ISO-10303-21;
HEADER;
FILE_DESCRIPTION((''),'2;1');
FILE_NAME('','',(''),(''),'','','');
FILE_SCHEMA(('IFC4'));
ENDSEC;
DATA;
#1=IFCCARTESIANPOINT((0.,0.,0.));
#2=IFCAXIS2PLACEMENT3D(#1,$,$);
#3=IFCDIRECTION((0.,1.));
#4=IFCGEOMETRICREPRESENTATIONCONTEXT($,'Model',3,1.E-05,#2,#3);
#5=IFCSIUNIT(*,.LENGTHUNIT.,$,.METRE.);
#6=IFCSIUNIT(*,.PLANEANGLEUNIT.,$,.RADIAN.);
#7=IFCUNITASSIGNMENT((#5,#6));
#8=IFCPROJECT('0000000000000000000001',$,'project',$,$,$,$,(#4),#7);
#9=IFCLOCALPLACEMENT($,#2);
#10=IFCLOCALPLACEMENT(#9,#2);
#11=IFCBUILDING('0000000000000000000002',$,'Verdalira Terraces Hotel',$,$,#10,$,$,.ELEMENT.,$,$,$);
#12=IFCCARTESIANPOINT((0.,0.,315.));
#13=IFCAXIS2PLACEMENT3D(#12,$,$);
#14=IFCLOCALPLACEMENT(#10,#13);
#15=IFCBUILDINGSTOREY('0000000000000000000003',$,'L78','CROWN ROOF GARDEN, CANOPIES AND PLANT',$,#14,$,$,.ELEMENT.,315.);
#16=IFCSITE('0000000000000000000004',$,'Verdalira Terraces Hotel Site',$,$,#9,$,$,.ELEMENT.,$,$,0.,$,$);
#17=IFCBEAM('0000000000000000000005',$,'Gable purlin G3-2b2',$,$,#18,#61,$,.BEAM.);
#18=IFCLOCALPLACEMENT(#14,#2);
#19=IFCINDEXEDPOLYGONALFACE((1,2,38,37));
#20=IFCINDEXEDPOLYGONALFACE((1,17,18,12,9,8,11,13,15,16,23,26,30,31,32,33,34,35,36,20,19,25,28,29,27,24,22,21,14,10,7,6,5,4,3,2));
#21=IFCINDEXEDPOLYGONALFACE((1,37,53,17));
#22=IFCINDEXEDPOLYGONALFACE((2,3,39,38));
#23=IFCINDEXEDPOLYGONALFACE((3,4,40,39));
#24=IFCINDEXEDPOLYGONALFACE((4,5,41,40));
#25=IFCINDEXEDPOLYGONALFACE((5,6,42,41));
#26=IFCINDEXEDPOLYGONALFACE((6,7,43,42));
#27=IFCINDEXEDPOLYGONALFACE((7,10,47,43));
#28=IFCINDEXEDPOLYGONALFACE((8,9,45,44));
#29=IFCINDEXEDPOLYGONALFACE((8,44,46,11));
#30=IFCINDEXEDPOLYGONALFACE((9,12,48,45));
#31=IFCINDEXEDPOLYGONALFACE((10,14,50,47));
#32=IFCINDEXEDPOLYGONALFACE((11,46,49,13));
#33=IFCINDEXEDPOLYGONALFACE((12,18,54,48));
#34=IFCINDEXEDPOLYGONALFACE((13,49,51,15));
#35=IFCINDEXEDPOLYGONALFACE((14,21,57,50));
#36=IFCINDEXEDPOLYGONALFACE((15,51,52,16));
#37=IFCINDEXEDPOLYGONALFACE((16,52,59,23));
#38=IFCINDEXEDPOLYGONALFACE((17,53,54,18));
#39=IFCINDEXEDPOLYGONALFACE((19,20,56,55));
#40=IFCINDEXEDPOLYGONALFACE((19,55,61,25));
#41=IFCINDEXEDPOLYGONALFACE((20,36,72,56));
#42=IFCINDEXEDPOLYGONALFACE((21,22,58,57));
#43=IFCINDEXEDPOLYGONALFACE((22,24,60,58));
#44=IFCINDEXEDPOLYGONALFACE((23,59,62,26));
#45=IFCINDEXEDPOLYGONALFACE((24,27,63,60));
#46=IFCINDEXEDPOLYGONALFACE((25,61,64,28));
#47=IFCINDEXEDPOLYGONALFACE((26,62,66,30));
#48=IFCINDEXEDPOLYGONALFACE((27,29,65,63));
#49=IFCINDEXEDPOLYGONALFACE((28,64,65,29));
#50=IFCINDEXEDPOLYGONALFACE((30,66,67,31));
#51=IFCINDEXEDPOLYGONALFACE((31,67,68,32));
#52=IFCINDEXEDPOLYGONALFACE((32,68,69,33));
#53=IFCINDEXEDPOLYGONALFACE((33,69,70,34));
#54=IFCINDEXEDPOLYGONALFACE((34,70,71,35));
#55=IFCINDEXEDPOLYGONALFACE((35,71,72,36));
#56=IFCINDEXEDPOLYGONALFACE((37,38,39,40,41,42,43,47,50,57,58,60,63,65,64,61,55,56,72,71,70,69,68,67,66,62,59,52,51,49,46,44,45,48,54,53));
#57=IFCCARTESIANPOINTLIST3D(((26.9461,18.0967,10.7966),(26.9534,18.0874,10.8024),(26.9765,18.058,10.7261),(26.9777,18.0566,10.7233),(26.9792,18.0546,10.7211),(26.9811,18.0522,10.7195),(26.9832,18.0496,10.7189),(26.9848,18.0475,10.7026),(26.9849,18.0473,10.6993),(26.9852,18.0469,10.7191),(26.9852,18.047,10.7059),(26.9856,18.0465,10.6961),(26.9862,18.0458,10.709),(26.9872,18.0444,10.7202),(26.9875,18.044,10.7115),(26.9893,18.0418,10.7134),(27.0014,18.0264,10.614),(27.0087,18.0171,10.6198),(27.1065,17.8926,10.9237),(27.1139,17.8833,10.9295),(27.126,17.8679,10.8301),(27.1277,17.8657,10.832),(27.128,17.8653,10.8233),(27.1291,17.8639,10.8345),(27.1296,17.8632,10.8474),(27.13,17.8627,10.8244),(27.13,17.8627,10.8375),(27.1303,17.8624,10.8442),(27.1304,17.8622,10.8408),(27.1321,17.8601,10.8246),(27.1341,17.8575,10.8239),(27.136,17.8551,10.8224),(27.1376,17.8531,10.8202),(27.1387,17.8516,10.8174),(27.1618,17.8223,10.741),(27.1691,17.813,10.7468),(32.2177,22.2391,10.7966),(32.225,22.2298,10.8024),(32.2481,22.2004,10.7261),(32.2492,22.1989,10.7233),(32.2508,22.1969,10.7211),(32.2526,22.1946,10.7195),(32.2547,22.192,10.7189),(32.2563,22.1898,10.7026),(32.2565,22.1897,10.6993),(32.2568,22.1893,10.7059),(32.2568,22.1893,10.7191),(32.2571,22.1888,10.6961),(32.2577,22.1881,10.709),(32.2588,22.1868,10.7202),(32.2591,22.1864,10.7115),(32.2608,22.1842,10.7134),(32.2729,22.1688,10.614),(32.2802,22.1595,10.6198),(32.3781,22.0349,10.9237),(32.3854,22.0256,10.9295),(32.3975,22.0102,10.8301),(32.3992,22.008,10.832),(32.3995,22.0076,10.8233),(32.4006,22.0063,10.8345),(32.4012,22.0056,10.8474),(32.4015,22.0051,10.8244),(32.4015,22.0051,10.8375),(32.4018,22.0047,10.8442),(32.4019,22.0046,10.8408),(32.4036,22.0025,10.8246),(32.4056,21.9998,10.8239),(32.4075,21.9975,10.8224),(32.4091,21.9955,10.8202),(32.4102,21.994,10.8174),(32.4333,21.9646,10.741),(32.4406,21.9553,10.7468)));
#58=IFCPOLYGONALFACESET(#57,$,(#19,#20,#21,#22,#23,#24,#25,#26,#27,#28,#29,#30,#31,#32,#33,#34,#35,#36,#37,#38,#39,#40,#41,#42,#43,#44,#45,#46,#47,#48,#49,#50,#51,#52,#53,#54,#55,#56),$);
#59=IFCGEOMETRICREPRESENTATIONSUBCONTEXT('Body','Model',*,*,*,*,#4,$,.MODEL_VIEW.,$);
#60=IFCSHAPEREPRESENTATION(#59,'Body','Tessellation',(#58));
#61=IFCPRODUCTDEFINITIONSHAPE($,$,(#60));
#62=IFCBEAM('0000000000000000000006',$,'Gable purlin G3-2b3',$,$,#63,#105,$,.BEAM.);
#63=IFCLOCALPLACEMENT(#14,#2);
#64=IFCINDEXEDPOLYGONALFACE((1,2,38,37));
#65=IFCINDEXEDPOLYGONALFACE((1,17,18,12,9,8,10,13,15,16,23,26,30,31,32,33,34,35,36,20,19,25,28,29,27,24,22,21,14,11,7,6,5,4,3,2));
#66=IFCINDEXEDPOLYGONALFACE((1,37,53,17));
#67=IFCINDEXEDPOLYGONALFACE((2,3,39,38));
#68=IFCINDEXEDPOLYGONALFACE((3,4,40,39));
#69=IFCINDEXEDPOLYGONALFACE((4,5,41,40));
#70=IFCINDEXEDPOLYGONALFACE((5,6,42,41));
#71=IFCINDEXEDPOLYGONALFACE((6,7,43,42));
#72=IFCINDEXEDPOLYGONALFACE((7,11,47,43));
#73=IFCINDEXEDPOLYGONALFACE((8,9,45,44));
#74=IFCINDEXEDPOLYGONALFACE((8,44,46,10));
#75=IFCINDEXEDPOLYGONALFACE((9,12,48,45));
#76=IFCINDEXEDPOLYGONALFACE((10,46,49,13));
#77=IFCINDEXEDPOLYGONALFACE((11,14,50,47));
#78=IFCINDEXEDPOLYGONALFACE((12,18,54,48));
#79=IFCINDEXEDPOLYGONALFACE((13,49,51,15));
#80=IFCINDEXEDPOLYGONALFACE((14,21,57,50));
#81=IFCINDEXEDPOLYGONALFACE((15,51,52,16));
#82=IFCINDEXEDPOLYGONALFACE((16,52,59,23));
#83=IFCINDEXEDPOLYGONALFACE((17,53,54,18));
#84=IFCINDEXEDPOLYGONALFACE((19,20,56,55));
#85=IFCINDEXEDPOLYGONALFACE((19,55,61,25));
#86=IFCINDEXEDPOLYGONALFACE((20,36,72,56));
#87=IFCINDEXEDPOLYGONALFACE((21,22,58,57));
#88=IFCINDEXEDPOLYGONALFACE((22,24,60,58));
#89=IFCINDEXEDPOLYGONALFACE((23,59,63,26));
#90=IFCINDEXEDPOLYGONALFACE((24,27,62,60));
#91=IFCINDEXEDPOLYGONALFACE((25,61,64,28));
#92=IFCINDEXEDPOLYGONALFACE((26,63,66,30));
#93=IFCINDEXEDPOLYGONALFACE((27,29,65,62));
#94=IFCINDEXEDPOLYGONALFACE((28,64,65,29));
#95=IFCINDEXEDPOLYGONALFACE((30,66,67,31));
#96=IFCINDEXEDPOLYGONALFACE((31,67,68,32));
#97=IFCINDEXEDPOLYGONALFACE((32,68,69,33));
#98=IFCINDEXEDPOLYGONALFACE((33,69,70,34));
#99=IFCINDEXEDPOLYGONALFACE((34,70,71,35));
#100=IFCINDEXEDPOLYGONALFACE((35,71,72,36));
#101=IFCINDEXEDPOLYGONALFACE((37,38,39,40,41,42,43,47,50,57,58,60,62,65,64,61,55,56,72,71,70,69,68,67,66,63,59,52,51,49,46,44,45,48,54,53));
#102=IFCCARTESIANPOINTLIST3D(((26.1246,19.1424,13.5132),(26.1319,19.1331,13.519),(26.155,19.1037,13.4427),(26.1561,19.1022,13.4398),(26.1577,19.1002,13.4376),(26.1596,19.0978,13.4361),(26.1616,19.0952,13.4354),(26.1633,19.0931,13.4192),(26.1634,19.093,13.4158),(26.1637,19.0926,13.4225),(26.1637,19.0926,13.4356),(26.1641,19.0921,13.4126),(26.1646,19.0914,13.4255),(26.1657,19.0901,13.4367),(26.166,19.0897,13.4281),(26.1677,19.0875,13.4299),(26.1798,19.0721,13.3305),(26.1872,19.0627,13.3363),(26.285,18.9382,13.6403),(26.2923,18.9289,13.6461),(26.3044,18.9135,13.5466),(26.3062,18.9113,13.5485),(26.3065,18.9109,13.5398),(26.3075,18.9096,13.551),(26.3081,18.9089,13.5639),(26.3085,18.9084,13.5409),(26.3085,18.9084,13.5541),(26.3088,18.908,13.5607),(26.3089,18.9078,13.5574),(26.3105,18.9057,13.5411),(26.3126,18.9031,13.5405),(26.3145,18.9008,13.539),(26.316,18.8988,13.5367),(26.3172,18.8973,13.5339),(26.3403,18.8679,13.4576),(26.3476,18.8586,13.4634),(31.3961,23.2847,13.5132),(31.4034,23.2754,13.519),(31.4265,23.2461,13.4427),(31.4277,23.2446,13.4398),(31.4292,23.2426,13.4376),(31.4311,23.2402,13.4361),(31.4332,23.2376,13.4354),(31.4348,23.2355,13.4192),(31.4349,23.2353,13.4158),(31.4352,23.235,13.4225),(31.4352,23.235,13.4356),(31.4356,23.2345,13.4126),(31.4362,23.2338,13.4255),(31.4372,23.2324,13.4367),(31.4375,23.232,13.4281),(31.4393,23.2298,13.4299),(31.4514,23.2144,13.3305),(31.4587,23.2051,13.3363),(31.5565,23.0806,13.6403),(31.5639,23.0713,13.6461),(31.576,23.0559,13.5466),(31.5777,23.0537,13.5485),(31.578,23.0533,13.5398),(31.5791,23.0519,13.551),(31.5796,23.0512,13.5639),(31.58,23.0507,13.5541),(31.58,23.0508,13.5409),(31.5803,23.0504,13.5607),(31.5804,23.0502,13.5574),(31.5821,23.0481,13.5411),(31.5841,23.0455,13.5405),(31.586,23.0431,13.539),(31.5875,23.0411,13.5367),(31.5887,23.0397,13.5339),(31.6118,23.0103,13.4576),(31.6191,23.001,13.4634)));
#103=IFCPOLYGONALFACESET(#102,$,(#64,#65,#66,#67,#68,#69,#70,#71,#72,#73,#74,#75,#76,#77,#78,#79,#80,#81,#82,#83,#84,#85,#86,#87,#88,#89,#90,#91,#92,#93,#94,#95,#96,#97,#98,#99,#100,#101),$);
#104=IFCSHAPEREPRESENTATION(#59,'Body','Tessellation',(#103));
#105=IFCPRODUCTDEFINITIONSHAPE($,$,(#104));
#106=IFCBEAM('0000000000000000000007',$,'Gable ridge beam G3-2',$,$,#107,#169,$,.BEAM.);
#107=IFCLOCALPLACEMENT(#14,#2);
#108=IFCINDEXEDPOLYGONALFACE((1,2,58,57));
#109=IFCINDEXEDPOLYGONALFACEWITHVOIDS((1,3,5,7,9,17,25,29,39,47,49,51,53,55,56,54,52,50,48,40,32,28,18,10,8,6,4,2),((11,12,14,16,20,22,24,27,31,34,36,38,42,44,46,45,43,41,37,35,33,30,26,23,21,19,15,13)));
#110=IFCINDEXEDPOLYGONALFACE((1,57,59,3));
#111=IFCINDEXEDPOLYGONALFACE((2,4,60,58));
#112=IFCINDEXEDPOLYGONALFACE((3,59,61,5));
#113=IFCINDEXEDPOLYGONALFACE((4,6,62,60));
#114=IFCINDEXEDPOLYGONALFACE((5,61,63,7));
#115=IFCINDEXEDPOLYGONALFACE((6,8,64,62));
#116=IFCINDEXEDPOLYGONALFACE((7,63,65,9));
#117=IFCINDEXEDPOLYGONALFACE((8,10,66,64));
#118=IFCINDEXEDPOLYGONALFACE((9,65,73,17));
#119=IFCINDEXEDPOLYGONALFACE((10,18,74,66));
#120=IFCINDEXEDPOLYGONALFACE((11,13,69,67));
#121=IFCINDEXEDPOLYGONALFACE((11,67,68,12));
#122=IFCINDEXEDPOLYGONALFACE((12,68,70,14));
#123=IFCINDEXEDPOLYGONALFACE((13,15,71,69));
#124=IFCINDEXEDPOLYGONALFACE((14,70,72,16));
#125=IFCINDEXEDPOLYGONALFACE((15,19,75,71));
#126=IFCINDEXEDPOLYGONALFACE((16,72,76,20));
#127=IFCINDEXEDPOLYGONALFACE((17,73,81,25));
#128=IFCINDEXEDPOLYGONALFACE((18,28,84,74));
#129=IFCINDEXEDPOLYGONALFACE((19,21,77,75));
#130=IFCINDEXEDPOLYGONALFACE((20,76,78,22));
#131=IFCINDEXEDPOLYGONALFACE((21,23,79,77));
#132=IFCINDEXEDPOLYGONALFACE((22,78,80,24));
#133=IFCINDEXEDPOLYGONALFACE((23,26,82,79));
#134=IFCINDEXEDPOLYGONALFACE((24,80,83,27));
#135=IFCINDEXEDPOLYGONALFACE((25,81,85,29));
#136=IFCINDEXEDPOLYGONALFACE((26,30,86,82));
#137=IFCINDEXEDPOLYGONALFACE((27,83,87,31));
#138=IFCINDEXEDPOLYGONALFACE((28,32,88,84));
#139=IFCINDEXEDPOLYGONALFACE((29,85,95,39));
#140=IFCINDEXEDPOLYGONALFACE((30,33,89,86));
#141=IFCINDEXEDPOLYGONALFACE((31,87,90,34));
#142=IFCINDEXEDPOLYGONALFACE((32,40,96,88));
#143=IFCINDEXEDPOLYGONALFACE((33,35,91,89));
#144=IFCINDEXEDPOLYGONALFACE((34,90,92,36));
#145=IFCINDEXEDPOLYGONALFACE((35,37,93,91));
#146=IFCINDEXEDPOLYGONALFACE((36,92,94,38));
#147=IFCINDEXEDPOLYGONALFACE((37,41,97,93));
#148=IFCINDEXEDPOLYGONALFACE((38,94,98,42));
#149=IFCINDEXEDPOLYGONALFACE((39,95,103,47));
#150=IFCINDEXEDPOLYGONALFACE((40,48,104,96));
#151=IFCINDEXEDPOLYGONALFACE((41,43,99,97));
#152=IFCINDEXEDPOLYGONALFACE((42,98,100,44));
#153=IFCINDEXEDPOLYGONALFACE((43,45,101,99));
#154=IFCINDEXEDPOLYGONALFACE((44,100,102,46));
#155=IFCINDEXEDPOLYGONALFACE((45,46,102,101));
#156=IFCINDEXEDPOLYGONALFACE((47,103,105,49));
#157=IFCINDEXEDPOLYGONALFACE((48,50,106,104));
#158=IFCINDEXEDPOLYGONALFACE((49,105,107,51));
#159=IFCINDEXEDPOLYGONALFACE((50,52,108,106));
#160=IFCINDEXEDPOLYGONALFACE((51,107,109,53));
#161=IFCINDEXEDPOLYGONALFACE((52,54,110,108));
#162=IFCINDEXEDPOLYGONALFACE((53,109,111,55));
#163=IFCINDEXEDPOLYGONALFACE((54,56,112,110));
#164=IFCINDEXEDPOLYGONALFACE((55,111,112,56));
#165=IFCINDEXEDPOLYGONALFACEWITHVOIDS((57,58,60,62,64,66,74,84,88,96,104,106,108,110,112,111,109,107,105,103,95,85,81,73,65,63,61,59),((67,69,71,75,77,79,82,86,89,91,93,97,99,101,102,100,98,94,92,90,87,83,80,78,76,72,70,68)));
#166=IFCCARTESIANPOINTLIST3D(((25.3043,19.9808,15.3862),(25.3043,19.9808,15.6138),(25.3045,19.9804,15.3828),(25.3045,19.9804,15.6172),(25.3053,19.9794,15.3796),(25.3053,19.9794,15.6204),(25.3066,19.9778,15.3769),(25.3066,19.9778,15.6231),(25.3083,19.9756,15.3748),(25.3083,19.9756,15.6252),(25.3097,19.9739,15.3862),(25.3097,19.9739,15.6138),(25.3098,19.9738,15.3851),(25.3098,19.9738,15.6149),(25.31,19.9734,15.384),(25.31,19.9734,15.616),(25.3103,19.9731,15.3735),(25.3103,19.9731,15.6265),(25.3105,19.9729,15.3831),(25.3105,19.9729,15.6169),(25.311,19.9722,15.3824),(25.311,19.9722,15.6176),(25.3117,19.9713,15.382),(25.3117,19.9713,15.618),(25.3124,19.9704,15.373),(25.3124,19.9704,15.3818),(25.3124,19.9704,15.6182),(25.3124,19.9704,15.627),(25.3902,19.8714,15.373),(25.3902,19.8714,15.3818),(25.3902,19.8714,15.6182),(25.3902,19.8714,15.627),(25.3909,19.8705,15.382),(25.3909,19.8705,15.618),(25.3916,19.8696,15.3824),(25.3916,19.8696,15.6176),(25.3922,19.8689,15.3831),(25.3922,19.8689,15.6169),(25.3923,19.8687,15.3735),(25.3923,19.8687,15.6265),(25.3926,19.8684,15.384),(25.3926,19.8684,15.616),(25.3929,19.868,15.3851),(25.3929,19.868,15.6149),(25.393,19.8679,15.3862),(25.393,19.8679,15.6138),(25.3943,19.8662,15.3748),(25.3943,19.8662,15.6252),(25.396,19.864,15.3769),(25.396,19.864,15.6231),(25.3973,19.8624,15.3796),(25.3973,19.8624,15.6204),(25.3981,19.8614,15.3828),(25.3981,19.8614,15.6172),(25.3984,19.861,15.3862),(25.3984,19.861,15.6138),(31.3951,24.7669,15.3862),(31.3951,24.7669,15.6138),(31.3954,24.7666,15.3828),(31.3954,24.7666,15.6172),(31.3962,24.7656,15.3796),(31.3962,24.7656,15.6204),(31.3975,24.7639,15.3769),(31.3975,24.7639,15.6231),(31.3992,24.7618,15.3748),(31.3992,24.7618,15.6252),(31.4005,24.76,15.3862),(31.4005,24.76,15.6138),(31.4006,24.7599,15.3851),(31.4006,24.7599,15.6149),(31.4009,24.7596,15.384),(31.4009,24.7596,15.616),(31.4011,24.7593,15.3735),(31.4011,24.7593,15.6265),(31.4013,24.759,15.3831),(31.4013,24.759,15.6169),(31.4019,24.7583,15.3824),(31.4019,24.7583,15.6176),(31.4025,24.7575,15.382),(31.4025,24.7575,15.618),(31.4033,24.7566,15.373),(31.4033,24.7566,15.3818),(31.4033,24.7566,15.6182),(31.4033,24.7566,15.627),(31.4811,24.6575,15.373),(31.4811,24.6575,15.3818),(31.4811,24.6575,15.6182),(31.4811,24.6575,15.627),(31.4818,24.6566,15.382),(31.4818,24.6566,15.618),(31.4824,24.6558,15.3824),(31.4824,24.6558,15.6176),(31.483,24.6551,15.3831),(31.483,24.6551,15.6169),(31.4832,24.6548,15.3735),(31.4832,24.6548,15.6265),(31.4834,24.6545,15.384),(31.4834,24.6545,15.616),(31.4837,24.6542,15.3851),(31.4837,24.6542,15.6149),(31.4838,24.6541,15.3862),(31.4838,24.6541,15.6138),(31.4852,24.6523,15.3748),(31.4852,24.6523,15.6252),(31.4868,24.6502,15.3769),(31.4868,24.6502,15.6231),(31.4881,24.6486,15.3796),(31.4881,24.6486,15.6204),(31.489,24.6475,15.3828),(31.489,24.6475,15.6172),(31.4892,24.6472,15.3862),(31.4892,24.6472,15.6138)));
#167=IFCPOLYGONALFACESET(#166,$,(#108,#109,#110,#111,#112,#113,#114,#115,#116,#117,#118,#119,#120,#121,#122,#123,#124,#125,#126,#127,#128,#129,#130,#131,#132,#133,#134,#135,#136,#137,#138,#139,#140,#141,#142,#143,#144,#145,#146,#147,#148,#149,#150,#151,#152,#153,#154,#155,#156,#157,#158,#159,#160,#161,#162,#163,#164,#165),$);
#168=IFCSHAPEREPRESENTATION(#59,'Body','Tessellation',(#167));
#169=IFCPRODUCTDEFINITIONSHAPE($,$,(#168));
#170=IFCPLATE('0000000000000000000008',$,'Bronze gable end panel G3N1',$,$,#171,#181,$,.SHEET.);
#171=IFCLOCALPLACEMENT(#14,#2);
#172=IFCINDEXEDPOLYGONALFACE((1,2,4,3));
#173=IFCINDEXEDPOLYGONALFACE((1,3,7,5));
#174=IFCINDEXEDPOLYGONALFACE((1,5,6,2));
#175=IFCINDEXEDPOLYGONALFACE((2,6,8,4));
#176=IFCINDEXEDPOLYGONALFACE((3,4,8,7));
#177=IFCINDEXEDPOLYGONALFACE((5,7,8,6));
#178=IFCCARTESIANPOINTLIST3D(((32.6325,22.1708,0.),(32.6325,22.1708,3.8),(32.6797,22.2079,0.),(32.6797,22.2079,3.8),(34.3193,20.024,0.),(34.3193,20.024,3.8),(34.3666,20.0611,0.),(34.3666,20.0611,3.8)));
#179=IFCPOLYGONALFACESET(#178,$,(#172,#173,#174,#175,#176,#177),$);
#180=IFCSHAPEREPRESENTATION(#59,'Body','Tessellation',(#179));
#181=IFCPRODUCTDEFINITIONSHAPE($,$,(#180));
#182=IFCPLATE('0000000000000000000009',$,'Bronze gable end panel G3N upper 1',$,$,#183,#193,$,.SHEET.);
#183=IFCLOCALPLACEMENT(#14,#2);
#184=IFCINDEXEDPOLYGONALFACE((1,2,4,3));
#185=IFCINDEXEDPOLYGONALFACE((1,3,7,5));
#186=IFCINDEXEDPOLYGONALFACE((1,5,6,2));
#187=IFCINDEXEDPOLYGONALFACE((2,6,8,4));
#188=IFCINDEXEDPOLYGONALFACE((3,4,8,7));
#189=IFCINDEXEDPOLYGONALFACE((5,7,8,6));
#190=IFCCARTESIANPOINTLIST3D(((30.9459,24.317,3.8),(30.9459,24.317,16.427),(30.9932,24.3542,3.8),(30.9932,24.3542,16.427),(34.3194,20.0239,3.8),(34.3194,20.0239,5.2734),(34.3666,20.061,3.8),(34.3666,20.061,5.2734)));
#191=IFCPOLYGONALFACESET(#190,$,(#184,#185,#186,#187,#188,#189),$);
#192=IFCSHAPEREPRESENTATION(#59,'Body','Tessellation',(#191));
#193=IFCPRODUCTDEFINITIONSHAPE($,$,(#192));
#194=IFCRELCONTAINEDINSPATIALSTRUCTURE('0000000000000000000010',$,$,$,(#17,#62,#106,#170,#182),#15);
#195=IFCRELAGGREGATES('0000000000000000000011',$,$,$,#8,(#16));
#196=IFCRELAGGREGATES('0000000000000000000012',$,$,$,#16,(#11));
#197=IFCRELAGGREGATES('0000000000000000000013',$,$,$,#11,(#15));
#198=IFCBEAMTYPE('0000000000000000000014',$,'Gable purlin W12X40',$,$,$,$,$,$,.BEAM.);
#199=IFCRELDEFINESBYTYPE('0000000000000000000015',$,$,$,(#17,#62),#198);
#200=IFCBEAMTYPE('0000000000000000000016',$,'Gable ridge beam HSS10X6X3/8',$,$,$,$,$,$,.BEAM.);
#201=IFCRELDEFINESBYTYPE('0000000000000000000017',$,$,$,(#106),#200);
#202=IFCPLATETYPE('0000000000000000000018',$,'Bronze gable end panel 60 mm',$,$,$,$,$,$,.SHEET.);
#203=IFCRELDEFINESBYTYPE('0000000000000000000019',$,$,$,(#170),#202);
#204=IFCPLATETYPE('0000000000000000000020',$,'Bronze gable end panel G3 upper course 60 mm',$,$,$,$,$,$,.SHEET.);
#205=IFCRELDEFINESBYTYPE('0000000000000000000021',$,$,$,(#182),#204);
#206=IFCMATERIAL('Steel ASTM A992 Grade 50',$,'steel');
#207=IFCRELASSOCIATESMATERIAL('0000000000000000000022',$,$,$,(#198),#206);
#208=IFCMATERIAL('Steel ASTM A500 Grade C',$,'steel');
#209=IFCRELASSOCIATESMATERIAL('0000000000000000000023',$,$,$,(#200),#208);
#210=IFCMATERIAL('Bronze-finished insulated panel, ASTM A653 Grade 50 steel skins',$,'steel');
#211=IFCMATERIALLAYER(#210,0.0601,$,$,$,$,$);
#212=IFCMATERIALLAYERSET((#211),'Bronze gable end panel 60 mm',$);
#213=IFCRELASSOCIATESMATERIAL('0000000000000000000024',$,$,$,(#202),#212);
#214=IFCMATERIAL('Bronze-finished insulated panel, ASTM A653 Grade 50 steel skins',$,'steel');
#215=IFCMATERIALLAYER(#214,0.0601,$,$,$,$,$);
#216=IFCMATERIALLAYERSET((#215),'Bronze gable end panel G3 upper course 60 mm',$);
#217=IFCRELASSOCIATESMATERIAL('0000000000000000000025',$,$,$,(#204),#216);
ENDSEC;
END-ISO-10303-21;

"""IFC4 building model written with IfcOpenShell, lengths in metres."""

from ifc_helpers import new_model, si_unit, direction, frame, frame_2d, origin, origin_2d, place, context, subcontext, project, spatial, polyline, rectangle, hollow_rectangle, i_section, outline, extrude, material, layer, layer_set, material_profile, profile_set, type_object, element, save


model = new_model("IFC4")

# Units and contexts
model_context = context("Model", 3, precision=1e-05, world=origin(), true_north=direction((0.0, 1.0)))
body_context = subcontext(model_context, "Body", "Model", "MODEL_VIEW")
ifc_project = project(units=[si_unit("LENGTHUNIT", "METRE"), si_unit("PLANEANGLEUNIT", "RADIAN")], contexts=[model_context])

# Site, building, storey
site_placement = place(None, origin())
site = spatial("IfcSite", under=ifc_project, at=site_placement, Name="Verdalira Terraces Hotel Site", CompositionType="ELEMENT", RefElevation=0.0)
building_placement = place(site_placement, origin())
building = spatial("IfcBuilding", under=site, at=building_placement, Name="Verdalira Terraces Hotel", CompositionType="ELEMENT")
storey_placement = place(building_placement, frame((0.0, 0.0, 315.0)))
storey = spatial("IfcBuildingStorey", under=building, at=storey_placement, Name="L78", Description="CROWN ROOF GARDEN, CANOPIES AND PLANT", CompositionType="ELEMENT", Elevation=315.0)

# Beams
ifc_material_1 = material(Name="Steel ASTM A992 Grade 50", Category="steel")
ifc_material_profile_1 = material_profile(ifc_material_1, i_section(OverallWidth=0.2034, OverallDepth=0.3022, WebThickness=0.0076, FlangeThickness=0.0132, FilletRadius=0.0129, at=origin_2d()), Name="W12X40")
ifc_profile_set_1 = profile_set([ifc_material_profile_1], Name="Steel ASTM A992 Grade 50")
beam_type_1 = type_object("IfcBeamType", Name="Gable purlin W12X40", PredefinedType="BEAM", material=ifc_profile_set_1)
for number, where, z_axis, x_axis, name in (
    (1, (27.0576, 17.9548, 10.7717), (0.786285, 0.617863, 0.0), (-0.271662, 0.345713, 0.898155), "Gable purlin G3-2b2"),
    (2, (26.2361, 19.0005, 13.4883), (0.786285, 0.617863, 0.0), (-0.271662, 0.345713, 0.898155), "Gable purlin G3-2b3"),
):
    element("IfcBeam", number, at=place(storey_placement, frame(where, z_axis=z_axis, x_axis=x_axis)), inside=storey, type_object=beam_type_1, Name=name, PredefinedType="BEAM", context=body_context, shape_type="SweptSolid", body=[
        extrude(i_section(OverallWidth=0.2034, OverallDepth=0.3022, WebThickness=0.0076, FlangeThickness=0.0132, FilletRadius=0.0129, at=origin_2d()), origin(), (0.0, 0.0, 1.0), 6.7043),
    ])
ifc_material_2 = material(Name="Steel ASTM A500 Grade C", Category="steel")
ifc_material_profile_2 = material_profile(ifc_material_2, hollow_rectangle(XDim=0.1523, YDim=0.2539, WallThickness=0.0088, InnerFilletRadius=0.0044, OuterFilletRadius=0.0132, at=origin_2d()), Name="HSS10X6X3/8")
ifc_profile_set_2 = profile_set([ifc_material_profile_2], Name="Steel ASTM A500 Grade C")
beam_type_2 = type_object("IfcBeamType", Name="Gable ridge beam HSS10X6X3/8", PredefinedType="BEAM", material=ifc_profile_set_2)
beam_1_placement = place(storey_placement, frame((25.3513, 19.9209, 15.5), z_axis=(0.786288, 0.617861, 0.0), x_axis=(-0.617861, 0.786288, 0.0)))
element("IfcBeam", 3, at=beam_1_placement, inside=storey, type_object=beam_type_2, Name="Gable ridge beam G3-2", PredefinedType="BEAM", context=body_context, shape_type="SweptSolid", body=[
    extrude(hollow_rectangle(XDim=0.1523, YDim=0.2539, WallThickness=0.0088, InnerFilletRadius=0.0044, OuterFilletRadius=0.0132, at=origin_2d()), origin(), (0.0, 0.0, 1.0), 7.7463),
])

# Plates
ifc_material_3 = material(Name="Bronze-finished insulated panel, ASTM A653 Grade 50 steel skins", Category="steel")
ifc_layer_1 = layer(ifc_material_3, 0.0601)
ifc_layer_set_1 = layer_set([ifc_layer_1], Name="Bronze gable end panel 60 mm")
plate_type_1 = type_object("IfcPlateType", Name="Bronze gable end panel 60 mm", PredefinedType="SHEET", material=ifc_layer_set_1)
plate_1_placement = place(storey_placement, frame((34.343, 20.0425, 0.0), z_axis=(0.0, 0.0, 1.0), x_axis=(-0.617833, 0.786309, 0.0)))
element("IfcPlate", 4, at=plate_1_placement, inside=storey, type_object=plate_type_1, Name="Bronze gable end panel G3N1", PredefinedType="SHEET", context=body_context, shape_type="SweptSolid", body=[
    extrude(rectangle(XDim=2.7302, YDim=0.0601, at=frame_2d((1.3652, 0.0))), origin(), (0.0, 0.0, 1.0), 3.8),
])
ifc_material_4 = material(Name="Bronze-finished insulated panel, ASTM A653 Grade 50 steel skins", Category="steel")
ifc_layer_2 = layer(ifc_material_4, 0.0601)
ifc_layer_set_2 = layer_set([ifc_layer_2], Name="Bronze gable end panel G3 upper course 60 mm")
plate_type_2 = type_object("IfcPlateType", Name="Bronze gable end panel G3 upper course 60 mm", PredefinedType="SHEET", material=ifc_layer_set_2)
plate_2_placement = place(storey_placement, frame((34.343, 20.0425, 3.8), z_axis=(0.0, 0.0, 1.0), x_axis=(-0.617855, 0.786292, 0.0)))
element("IfcPlate", 5, at=plate_2_placement, inside=storey, type_object=plate_type_2, Name="Bronze gable end panel G3N upper 1", PredefinedType="SHEET", context=body_context, shape_type="SweptSolid", body=[
    extrude(outline(polyline([(0.0, 0.0), (5.46, 0.0), (5.46, 12.627), (0.0, 1.4734), (0.0, 0.0)])), frame((0.0, 0.03, 0.0), z_axis=(0.0, -1.0, 0.0), x_axis=(1.0, 0.0, 0.0)), (0.0, 0.0, 1.0), 0.0601),
])

save(model, "model.ifc")
